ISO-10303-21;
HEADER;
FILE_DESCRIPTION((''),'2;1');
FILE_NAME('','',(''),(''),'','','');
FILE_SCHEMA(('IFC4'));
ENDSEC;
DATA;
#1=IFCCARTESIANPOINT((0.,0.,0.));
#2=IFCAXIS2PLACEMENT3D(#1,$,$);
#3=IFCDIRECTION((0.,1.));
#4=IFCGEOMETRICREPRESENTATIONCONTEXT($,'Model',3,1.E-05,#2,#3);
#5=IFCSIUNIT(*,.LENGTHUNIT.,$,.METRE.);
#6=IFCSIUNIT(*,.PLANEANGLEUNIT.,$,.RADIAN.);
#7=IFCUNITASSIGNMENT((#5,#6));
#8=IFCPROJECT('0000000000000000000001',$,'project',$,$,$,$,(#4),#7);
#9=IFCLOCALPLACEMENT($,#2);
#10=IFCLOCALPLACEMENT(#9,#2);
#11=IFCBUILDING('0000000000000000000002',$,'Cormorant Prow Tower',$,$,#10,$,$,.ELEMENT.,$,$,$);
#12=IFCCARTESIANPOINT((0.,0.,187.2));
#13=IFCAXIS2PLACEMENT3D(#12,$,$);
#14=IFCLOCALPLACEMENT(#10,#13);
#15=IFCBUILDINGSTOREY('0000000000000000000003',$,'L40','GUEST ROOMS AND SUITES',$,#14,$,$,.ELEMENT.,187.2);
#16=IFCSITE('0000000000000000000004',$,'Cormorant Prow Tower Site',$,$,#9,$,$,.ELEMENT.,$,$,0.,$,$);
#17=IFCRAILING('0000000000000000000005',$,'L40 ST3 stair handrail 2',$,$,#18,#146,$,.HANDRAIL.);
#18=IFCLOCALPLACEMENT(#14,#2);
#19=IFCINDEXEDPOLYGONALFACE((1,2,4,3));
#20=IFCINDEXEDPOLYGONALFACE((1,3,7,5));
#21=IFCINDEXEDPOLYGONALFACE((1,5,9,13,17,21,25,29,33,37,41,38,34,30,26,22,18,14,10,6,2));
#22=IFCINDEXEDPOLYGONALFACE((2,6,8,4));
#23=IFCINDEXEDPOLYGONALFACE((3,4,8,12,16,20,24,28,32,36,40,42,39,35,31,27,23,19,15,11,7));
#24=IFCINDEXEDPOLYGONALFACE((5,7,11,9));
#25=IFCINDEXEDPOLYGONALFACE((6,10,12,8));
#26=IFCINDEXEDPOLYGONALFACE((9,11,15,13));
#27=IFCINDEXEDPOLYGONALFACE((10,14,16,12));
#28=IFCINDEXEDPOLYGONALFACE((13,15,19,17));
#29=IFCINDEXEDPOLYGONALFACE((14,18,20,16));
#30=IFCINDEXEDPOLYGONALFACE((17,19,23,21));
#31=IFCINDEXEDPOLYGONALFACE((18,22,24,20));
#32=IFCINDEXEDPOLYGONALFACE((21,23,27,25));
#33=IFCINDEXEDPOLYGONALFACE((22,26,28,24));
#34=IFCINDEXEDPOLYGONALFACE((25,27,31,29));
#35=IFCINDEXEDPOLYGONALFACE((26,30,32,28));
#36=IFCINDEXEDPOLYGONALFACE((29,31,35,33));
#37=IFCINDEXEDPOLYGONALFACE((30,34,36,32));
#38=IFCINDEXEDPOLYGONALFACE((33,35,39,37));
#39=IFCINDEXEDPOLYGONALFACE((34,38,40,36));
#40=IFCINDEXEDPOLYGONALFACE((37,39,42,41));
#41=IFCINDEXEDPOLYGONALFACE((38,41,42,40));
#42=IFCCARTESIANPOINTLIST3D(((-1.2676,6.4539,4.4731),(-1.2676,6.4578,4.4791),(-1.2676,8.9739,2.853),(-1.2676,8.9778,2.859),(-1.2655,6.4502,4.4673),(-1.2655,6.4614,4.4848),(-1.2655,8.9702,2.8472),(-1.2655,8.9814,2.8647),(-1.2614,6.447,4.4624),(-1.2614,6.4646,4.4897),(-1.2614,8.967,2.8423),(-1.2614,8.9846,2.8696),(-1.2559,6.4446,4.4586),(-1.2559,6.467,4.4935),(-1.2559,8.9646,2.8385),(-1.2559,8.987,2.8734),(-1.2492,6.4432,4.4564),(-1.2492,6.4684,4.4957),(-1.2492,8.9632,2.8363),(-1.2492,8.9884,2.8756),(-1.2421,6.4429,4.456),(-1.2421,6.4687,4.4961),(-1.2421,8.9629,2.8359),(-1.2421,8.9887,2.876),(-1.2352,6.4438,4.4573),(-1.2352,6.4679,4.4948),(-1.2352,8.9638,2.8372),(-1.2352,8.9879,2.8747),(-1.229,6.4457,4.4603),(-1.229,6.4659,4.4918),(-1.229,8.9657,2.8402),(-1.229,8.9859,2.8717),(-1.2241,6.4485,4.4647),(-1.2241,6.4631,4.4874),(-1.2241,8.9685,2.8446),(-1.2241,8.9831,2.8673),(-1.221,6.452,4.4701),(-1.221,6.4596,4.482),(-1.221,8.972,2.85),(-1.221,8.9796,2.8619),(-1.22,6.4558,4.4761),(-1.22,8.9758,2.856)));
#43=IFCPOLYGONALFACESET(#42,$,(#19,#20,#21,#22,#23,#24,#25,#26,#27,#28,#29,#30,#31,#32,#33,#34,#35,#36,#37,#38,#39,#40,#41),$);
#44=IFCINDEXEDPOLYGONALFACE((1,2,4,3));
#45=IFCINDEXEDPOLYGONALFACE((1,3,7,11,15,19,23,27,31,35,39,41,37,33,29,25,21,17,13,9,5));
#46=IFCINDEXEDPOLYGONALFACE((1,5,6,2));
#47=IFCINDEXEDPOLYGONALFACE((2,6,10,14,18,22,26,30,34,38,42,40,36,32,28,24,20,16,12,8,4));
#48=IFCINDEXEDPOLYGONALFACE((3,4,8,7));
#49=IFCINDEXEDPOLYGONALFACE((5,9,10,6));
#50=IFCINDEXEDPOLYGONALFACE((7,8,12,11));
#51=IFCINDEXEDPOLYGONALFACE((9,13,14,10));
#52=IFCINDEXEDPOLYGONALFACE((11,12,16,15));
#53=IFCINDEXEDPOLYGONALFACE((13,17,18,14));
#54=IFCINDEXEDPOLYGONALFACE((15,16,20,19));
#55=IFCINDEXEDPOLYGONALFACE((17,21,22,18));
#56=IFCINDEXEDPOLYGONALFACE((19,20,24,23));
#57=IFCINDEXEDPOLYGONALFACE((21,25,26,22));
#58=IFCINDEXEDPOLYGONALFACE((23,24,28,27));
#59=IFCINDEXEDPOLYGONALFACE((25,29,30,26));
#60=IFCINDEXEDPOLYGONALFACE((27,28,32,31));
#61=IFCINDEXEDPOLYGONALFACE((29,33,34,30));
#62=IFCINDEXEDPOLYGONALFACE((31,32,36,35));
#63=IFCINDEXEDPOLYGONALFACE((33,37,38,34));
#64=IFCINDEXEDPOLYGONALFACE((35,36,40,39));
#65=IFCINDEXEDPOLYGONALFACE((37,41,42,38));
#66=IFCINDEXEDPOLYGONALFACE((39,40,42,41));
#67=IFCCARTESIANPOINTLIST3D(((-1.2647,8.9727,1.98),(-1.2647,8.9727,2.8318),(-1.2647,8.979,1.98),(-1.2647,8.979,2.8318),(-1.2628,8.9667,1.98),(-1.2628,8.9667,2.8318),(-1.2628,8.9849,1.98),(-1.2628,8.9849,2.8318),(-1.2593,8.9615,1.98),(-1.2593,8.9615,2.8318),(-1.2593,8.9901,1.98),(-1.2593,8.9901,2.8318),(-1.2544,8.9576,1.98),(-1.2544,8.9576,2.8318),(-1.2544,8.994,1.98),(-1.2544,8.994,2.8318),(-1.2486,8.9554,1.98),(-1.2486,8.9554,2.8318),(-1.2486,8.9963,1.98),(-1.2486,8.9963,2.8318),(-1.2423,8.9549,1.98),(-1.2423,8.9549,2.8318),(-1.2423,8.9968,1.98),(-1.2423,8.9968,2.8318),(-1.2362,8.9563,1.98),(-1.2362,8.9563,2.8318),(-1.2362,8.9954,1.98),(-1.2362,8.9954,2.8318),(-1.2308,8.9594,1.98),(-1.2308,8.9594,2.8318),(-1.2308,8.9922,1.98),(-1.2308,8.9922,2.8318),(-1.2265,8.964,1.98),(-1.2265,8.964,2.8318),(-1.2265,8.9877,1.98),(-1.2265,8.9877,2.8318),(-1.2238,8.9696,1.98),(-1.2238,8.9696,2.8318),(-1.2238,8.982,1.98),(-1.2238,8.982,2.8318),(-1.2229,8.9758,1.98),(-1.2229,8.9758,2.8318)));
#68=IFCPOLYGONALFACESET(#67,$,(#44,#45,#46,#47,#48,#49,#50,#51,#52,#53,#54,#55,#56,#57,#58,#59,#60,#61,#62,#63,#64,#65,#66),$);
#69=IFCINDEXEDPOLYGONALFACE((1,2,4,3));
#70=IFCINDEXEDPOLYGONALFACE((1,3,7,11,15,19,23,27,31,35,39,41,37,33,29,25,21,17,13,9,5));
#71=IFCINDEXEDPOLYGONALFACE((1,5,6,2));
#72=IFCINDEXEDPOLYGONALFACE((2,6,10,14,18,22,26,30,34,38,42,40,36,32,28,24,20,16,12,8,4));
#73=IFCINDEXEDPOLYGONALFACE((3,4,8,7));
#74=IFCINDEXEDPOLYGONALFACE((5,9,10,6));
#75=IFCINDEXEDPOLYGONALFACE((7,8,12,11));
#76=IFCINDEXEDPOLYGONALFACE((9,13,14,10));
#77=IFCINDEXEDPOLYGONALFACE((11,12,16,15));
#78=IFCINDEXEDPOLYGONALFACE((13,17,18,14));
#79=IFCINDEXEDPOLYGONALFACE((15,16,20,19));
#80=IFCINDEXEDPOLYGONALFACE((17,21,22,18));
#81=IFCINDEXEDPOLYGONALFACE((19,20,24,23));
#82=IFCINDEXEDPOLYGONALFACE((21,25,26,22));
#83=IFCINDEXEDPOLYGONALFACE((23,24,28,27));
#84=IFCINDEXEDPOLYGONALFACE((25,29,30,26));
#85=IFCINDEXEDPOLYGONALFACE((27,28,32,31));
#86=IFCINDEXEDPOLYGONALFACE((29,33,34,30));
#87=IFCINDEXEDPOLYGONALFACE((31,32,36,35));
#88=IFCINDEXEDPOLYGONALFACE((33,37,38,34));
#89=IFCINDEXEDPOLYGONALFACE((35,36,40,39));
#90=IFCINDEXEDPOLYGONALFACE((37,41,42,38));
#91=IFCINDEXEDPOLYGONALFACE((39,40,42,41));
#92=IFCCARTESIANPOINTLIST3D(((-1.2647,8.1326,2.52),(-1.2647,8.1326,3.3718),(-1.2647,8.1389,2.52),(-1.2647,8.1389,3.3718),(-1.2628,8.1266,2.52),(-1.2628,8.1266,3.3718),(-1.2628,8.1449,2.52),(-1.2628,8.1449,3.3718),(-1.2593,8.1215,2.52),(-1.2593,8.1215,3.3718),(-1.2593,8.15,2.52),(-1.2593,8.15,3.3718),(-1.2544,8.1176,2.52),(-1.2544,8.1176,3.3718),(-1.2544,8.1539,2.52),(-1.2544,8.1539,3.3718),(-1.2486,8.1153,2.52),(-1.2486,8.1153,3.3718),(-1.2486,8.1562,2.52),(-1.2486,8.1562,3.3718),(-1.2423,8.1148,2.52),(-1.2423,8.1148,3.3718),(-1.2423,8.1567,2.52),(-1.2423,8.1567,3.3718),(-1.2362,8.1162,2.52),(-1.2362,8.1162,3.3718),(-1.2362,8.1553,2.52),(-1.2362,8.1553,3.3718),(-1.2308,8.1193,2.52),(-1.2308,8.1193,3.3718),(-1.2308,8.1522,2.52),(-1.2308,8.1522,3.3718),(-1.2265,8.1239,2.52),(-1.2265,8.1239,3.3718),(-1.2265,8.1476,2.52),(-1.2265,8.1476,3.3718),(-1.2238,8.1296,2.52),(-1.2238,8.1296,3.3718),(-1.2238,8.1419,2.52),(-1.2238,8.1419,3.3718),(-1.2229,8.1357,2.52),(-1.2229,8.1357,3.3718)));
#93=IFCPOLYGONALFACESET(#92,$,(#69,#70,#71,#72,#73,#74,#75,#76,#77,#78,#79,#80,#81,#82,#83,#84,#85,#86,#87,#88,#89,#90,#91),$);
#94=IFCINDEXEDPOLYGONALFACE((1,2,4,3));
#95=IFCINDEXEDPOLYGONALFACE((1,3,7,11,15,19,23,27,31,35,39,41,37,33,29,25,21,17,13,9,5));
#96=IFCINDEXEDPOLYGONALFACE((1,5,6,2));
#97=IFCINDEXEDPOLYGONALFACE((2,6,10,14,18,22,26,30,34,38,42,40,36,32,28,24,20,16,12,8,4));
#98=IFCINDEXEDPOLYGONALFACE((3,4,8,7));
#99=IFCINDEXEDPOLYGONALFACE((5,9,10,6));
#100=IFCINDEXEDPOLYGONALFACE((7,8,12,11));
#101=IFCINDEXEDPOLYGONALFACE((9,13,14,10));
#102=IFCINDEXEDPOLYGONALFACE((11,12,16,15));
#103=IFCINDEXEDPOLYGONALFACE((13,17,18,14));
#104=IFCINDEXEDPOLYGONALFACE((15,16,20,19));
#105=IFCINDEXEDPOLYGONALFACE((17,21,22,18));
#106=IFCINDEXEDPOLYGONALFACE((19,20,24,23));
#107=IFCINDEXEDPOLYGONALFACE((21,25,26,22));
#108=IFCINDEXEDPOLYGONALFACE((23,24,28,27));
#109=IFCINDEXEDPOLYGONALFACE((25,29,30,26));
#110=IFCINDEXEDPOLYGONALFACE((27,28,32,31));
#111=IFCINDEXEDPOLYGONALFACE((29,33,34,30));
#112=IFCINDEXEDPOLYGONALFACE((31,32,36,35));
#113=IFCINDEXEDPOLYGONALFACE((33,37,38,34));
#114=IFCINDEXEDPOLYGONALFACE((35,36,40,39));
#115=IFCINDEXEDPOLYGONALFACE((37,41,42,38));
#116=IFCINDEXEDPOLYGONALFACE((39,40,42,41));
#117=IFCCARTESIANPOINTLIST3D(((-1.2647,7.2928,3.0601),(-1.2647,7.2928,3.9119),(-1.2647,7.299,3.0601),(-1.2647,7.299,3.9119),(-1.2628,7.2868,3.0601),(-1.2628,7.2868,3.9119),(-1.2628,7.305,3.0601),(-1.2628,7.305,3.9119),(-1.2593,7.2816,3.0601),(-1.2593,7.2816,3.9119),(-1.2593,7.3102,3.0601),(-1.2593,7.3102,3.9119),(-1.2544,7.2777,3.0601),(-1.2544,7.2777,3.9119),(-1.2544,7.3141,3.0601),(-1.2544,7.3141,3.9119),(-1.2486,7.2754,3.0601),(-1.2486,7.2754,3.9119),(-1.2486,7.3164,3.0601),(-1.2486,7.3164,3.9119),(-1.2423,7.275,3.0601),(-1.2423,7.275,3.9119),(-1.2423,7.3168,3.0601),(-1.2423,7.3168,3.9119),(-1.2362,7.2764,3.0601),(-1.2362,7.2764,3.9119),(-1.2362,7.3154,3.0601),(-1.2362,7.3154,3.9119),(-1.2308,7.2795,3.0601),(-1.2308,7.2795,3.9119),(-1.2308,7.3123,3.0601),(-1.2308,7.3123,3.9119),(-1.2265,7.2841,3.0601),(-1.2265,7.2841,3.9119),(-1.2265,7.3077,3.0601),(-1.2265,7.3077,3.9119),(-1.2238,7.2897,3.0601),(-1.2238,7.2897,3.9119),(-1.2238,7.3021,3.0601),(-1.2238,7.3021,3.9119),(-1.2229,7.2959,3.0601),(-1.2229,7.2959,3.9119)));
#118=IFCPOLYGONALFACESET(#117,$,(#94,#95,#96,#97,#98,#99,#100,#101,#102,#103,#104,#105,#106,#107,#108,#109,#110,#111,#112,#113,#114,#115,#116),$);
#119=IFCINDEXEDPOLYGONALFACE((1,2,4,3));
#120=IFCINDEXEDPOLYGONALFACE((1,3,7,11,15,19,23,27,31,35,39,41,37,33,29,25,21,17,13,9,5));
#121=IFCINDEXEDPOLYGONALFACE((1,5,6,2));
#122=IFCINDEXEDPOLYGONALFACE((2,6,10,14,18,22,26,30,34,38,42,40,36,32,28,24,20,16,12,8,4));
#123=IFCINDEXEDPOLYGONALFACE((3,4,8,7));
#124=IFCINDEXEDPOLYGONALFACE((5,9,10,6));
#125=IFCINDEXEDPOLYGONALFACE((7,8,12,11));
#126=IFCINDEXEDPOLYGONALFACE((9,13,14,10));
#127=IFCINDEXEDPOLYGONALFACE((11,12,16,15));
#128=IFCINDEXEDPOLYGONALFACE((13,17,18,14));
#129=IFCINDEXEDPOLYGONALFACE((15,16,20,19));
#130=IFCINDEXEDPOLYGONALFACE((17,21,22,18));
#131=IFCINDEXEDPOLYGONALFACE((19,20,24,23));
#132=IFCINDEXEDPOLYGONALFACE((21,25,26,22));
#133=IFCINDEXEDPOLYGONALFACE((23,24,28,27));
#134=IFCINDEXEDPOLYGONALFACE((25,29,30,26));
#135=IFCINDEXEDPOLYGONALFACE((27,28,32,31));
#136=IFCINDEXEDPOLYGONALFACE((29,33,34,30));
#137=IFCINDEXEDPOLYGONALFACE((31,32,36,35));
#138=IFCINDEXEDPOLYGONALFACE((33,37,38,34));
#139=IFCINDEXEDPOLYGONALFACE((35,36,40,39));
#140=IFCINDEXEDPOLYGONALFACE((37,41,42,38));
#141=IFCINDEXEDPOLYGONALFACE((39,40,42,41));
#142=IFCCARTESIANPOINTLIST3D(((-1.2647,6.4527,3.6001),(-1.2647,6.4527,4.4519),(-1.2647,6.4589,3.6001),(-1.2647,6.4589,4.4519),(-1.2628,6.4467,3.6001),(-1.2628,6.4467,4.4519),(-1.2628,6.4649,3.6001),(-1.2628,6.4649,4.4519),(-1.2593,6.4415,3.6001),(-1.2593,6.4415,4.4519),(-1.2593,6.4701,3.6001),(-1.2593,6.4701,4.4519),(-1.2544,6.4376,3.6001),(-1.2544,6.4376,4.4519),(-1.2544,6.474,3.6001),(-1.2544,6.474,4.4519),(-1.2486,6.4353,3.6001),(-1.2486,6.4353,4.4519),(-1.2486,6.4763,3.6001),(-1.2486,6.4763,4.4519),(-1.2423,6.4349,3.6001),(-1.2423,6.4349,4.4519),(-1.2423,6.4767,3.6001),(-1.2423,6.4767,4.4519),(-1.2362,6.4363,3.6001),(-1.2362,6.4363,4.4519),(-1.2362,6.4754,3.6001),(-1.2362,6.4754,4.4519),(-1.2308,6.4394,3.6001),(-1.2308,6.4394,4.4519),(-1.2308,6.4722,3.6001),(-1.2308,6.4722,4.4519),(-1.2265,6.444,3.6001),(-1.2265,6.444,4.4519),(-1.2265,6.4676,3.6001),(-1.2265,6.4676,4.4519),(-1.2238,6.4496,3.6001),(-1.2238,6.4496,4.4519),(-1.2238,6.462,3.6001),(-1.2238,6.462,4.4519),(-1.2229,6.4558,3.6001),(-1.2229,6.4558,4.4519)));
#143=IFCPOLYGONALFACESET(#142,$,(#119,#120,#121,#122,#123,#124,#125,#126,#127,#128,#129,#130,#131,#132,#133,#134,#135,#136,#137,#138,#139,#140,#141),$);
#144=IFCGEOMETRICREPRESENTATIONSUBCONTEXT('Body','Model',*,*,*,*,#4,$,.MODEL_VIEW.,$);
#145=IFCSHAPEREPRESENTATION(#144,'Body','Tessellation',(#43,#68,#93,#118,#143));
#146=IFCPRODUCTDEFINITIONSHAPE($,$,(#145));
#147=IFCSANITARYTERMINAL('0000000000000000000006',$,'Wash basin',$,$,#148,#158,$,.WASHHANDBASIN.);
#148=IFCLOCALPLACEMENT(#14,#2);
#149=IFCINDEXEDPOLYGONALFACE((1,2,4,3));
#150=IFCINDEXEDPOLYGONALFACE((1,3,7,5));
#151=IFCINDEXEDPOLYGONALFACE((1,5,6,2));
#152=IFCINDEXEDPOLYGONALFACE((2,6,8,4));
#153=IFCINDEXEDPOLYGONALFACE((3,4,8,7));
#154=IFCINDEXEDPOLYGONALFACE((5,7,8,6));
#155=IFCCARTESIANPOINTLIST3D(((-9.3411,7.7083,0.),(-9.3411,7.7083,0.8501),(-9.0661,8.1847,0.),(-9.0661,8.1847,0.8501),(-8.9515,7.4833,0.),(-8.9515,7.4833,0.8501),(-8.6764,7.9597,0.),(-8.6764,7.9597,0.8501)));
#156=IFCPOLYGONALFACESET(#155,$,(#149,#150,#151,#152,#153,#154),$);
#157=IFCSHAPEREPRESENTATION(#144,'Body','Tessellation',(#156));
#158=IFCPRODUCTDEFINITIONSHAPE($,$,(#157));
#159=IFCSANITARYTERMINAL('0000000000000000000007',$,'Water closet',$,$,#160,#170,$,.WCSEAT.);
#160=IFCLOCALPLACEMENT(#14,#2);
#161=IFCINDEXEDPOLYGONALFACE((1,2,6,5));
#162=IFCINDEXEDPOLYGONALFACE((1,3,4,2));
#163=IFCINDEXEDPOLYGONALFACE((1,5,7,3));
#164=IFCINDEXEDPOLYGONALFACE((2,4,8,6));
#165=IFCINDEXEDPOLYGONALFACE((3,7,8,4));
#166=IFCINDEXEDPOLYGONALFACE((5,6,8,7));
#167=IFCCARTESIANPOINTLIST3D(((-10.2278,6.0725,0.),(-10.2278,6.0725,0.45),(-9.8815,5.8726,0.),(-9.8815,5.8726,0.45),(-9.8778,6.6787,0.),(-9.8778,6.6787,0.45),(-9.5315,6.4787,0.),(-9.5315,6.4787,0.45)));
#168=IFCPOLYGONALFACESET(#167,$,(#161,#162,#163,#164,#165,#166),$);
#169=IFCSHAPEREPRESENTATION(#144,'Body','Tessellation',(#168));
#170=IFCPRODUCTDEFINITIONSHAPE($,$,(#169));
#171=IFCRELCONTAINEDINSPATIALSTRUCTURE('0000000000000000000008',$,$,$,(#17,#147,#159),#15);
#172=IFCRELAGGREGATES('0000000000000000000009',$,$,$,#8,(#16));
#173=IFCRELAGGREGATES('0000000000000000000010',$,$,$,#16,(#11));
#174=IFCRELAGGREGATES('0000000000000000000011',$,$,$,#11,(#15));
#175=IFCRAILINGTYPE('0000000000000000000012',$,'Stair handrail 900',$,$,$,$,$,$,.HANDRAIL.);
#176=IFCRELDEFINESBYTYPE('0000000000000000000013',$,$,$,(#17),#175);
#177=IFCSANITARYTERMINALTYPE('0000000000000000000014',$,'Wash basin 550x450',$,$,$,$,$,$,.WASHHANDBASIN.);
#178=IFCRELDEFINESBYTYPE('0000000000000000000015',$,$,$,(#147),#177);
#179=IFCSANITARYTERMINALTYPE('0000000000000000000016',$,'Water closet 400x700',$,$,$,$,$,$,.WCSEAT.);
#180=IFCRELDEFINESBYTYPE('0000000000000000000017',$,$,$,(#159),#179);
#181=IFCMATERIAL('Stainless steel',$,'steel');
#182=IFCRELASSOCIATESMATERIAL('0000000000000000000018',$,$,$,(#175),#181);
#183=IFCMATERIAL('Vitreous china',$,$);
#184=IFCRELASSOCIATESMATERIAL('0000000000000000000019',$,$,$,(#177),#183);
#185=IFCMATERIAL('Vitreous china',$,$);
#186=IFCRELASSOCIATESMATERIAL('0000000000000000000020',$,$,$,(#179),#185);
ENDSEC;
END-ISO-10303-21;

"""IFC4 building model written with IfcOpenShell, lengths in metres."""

from ifc_helpers import new_model, si_unit, direction, frame, origin, origin_2d, place, context, subcontext, project, spatial, rectangle, circle, extrude, material, type_object, element, save


model = new_model("IFC4")

# Units and contexts
model_context = context("Model", 3, precision=1e-05, world=origin(), true_north=direction((0.0, 1.0)))
body_context = subcontext(model_context, "Body", "Model", "MODEL_VIEW")
ifc_project = project(units=[si_unit("LENGTHUNIT", "METRE"), si_unit("PLANEANGLEUNIT", "RADIAN")], contexts=[model_context])

# Site, building, storey
site_placement = place(None, origin())
site = spatial("IfcSite", under=ifc_project, at=site_placement, Name="Cormorant Prow Tower Site", CompositionType="ELEMENT", RefElevation=0.0)
building_placement = place(site_placement, origin())
building = spatial("IfcBuilding", under=site, at=building_placement, Name="Cormorant Prow Tower", CompositionType="ELEMENT")
storey_placement = place(building_placement, frame((0.0, 0.0, 187.2)))
storey = spatial("IfcBuildingStorey", under=building, at=storey_placement, Name="L40", Description="GUEST ROOMS AND SUITES", CompositionType="ELEMENT", Elevation=187.2)

# Railing
ifc_material_1 = material(Name="Stainless steel", Category="steel")
railing_type = type_object("IfcRailingType", Name="Stair handrail 900", PredefinedType="HANDRAIL", material=ifc_material_1)
railing_placement = place(storey_placement, frame((-1.2439, 8.9758, 1.98)))
element("IfcRailing", 1, at=railing_placement, inside=storey, type_object=railing_type, Name="L40 ST3 stair handrail 2", PredefinedType="HANDRAIL", context=body_context, shape_type="SweptSolid", body=[
    extrude(circle(Radius=0.0239, at=origin_2d()), frame((0.0, 0.0, 0.876), z_axis=(0.0, -0.841163, 0.540782), x_axis=(1.0, 0.0, 0.0)), (0.0, 0.0, 1.0), 2.9958),
    extrude(circle(Radius=0.021, at=origin_2d()), origin(), (0.0, 0.0, 1.0), 0.8518),
    extrude(circle(Radius=0.021, at=origin_2d()), frame((0.0, -0.8401, 0.54)), (0.0, 0.0, 1.0), 0.8518),
    extrude(circle(Radius=0.021, at=origin_2d()), frame((0.0, -1.6799, 1.0801)), (0.0, 0.0, 1.0), 0.8518),
    extrude(circle(Radius=0.021, at=origin_2d()), frame((0.0, -2.52, 1.6201)), (0.0, 0.0, 1.0), 0.8518),
])

# Sanitary terminals
ifc_material_2 = material(Name="Vitreous china")
sanitary_terminal_type_1 = type_object("IfcSanitaryTerminalType", Name="Wash basin 550x450", PredefinedType="WASHHANDBASIN", material=ifc_material_2)
sanitary_terminal_1_placement = place(storey_placement, frame((-9.0088, 7.834, 0.0), z_axis=(0.0, 0.0, 1.0), x_axis=(-0.5, -0.866025, 0.0)))
element("IfcSanitaryTerminal", 2, at=sanitary_terminal_1_placement, inside=storey, type_object=sanitary_terminal_type_1, Name="Wash basin", PredefinedType="WASHHANDBASIN", context=body_context, shape_type="SweptSolid", body=[
    extrude(rectangle(XDim=0.55, YDim=0.45, at=origin_2d()), origin(), (0.0, 0.0, 1.0), 0.8501),
])
ifc_material_3 = material(Name="Vitreous china")
sanitary_terminal_type_2 = type_object("IfcSanitaryTerminalType", Name="Water closet 400x700", PredefinedType="WCSEAT", material=ifc_material_3)
sanitary_terminal_2_placement = place(storey_placement, frame((-9.8796, 6.2756, 0.0), z_axis=(0.0, 0.0, 1.0), x_axis=(-0.866025, 0.5, 0.0)))
element("IfcSanitaryTerminal", 3, at=sanitary_terminal_2_placement, inside=storey, type_object=sanitary_terminal_type_2, Name="Water closet", PredefinedType="WCSEAT", context=body_context, shape_type="SweptSolid", body=[
    extrude(rectangle(XDim=0.3999, YDim=0.7, at=origin_2d()), origin(), (0.0, 0.0, 1.0), 0.45),
])

save(model, "model.ifc")
